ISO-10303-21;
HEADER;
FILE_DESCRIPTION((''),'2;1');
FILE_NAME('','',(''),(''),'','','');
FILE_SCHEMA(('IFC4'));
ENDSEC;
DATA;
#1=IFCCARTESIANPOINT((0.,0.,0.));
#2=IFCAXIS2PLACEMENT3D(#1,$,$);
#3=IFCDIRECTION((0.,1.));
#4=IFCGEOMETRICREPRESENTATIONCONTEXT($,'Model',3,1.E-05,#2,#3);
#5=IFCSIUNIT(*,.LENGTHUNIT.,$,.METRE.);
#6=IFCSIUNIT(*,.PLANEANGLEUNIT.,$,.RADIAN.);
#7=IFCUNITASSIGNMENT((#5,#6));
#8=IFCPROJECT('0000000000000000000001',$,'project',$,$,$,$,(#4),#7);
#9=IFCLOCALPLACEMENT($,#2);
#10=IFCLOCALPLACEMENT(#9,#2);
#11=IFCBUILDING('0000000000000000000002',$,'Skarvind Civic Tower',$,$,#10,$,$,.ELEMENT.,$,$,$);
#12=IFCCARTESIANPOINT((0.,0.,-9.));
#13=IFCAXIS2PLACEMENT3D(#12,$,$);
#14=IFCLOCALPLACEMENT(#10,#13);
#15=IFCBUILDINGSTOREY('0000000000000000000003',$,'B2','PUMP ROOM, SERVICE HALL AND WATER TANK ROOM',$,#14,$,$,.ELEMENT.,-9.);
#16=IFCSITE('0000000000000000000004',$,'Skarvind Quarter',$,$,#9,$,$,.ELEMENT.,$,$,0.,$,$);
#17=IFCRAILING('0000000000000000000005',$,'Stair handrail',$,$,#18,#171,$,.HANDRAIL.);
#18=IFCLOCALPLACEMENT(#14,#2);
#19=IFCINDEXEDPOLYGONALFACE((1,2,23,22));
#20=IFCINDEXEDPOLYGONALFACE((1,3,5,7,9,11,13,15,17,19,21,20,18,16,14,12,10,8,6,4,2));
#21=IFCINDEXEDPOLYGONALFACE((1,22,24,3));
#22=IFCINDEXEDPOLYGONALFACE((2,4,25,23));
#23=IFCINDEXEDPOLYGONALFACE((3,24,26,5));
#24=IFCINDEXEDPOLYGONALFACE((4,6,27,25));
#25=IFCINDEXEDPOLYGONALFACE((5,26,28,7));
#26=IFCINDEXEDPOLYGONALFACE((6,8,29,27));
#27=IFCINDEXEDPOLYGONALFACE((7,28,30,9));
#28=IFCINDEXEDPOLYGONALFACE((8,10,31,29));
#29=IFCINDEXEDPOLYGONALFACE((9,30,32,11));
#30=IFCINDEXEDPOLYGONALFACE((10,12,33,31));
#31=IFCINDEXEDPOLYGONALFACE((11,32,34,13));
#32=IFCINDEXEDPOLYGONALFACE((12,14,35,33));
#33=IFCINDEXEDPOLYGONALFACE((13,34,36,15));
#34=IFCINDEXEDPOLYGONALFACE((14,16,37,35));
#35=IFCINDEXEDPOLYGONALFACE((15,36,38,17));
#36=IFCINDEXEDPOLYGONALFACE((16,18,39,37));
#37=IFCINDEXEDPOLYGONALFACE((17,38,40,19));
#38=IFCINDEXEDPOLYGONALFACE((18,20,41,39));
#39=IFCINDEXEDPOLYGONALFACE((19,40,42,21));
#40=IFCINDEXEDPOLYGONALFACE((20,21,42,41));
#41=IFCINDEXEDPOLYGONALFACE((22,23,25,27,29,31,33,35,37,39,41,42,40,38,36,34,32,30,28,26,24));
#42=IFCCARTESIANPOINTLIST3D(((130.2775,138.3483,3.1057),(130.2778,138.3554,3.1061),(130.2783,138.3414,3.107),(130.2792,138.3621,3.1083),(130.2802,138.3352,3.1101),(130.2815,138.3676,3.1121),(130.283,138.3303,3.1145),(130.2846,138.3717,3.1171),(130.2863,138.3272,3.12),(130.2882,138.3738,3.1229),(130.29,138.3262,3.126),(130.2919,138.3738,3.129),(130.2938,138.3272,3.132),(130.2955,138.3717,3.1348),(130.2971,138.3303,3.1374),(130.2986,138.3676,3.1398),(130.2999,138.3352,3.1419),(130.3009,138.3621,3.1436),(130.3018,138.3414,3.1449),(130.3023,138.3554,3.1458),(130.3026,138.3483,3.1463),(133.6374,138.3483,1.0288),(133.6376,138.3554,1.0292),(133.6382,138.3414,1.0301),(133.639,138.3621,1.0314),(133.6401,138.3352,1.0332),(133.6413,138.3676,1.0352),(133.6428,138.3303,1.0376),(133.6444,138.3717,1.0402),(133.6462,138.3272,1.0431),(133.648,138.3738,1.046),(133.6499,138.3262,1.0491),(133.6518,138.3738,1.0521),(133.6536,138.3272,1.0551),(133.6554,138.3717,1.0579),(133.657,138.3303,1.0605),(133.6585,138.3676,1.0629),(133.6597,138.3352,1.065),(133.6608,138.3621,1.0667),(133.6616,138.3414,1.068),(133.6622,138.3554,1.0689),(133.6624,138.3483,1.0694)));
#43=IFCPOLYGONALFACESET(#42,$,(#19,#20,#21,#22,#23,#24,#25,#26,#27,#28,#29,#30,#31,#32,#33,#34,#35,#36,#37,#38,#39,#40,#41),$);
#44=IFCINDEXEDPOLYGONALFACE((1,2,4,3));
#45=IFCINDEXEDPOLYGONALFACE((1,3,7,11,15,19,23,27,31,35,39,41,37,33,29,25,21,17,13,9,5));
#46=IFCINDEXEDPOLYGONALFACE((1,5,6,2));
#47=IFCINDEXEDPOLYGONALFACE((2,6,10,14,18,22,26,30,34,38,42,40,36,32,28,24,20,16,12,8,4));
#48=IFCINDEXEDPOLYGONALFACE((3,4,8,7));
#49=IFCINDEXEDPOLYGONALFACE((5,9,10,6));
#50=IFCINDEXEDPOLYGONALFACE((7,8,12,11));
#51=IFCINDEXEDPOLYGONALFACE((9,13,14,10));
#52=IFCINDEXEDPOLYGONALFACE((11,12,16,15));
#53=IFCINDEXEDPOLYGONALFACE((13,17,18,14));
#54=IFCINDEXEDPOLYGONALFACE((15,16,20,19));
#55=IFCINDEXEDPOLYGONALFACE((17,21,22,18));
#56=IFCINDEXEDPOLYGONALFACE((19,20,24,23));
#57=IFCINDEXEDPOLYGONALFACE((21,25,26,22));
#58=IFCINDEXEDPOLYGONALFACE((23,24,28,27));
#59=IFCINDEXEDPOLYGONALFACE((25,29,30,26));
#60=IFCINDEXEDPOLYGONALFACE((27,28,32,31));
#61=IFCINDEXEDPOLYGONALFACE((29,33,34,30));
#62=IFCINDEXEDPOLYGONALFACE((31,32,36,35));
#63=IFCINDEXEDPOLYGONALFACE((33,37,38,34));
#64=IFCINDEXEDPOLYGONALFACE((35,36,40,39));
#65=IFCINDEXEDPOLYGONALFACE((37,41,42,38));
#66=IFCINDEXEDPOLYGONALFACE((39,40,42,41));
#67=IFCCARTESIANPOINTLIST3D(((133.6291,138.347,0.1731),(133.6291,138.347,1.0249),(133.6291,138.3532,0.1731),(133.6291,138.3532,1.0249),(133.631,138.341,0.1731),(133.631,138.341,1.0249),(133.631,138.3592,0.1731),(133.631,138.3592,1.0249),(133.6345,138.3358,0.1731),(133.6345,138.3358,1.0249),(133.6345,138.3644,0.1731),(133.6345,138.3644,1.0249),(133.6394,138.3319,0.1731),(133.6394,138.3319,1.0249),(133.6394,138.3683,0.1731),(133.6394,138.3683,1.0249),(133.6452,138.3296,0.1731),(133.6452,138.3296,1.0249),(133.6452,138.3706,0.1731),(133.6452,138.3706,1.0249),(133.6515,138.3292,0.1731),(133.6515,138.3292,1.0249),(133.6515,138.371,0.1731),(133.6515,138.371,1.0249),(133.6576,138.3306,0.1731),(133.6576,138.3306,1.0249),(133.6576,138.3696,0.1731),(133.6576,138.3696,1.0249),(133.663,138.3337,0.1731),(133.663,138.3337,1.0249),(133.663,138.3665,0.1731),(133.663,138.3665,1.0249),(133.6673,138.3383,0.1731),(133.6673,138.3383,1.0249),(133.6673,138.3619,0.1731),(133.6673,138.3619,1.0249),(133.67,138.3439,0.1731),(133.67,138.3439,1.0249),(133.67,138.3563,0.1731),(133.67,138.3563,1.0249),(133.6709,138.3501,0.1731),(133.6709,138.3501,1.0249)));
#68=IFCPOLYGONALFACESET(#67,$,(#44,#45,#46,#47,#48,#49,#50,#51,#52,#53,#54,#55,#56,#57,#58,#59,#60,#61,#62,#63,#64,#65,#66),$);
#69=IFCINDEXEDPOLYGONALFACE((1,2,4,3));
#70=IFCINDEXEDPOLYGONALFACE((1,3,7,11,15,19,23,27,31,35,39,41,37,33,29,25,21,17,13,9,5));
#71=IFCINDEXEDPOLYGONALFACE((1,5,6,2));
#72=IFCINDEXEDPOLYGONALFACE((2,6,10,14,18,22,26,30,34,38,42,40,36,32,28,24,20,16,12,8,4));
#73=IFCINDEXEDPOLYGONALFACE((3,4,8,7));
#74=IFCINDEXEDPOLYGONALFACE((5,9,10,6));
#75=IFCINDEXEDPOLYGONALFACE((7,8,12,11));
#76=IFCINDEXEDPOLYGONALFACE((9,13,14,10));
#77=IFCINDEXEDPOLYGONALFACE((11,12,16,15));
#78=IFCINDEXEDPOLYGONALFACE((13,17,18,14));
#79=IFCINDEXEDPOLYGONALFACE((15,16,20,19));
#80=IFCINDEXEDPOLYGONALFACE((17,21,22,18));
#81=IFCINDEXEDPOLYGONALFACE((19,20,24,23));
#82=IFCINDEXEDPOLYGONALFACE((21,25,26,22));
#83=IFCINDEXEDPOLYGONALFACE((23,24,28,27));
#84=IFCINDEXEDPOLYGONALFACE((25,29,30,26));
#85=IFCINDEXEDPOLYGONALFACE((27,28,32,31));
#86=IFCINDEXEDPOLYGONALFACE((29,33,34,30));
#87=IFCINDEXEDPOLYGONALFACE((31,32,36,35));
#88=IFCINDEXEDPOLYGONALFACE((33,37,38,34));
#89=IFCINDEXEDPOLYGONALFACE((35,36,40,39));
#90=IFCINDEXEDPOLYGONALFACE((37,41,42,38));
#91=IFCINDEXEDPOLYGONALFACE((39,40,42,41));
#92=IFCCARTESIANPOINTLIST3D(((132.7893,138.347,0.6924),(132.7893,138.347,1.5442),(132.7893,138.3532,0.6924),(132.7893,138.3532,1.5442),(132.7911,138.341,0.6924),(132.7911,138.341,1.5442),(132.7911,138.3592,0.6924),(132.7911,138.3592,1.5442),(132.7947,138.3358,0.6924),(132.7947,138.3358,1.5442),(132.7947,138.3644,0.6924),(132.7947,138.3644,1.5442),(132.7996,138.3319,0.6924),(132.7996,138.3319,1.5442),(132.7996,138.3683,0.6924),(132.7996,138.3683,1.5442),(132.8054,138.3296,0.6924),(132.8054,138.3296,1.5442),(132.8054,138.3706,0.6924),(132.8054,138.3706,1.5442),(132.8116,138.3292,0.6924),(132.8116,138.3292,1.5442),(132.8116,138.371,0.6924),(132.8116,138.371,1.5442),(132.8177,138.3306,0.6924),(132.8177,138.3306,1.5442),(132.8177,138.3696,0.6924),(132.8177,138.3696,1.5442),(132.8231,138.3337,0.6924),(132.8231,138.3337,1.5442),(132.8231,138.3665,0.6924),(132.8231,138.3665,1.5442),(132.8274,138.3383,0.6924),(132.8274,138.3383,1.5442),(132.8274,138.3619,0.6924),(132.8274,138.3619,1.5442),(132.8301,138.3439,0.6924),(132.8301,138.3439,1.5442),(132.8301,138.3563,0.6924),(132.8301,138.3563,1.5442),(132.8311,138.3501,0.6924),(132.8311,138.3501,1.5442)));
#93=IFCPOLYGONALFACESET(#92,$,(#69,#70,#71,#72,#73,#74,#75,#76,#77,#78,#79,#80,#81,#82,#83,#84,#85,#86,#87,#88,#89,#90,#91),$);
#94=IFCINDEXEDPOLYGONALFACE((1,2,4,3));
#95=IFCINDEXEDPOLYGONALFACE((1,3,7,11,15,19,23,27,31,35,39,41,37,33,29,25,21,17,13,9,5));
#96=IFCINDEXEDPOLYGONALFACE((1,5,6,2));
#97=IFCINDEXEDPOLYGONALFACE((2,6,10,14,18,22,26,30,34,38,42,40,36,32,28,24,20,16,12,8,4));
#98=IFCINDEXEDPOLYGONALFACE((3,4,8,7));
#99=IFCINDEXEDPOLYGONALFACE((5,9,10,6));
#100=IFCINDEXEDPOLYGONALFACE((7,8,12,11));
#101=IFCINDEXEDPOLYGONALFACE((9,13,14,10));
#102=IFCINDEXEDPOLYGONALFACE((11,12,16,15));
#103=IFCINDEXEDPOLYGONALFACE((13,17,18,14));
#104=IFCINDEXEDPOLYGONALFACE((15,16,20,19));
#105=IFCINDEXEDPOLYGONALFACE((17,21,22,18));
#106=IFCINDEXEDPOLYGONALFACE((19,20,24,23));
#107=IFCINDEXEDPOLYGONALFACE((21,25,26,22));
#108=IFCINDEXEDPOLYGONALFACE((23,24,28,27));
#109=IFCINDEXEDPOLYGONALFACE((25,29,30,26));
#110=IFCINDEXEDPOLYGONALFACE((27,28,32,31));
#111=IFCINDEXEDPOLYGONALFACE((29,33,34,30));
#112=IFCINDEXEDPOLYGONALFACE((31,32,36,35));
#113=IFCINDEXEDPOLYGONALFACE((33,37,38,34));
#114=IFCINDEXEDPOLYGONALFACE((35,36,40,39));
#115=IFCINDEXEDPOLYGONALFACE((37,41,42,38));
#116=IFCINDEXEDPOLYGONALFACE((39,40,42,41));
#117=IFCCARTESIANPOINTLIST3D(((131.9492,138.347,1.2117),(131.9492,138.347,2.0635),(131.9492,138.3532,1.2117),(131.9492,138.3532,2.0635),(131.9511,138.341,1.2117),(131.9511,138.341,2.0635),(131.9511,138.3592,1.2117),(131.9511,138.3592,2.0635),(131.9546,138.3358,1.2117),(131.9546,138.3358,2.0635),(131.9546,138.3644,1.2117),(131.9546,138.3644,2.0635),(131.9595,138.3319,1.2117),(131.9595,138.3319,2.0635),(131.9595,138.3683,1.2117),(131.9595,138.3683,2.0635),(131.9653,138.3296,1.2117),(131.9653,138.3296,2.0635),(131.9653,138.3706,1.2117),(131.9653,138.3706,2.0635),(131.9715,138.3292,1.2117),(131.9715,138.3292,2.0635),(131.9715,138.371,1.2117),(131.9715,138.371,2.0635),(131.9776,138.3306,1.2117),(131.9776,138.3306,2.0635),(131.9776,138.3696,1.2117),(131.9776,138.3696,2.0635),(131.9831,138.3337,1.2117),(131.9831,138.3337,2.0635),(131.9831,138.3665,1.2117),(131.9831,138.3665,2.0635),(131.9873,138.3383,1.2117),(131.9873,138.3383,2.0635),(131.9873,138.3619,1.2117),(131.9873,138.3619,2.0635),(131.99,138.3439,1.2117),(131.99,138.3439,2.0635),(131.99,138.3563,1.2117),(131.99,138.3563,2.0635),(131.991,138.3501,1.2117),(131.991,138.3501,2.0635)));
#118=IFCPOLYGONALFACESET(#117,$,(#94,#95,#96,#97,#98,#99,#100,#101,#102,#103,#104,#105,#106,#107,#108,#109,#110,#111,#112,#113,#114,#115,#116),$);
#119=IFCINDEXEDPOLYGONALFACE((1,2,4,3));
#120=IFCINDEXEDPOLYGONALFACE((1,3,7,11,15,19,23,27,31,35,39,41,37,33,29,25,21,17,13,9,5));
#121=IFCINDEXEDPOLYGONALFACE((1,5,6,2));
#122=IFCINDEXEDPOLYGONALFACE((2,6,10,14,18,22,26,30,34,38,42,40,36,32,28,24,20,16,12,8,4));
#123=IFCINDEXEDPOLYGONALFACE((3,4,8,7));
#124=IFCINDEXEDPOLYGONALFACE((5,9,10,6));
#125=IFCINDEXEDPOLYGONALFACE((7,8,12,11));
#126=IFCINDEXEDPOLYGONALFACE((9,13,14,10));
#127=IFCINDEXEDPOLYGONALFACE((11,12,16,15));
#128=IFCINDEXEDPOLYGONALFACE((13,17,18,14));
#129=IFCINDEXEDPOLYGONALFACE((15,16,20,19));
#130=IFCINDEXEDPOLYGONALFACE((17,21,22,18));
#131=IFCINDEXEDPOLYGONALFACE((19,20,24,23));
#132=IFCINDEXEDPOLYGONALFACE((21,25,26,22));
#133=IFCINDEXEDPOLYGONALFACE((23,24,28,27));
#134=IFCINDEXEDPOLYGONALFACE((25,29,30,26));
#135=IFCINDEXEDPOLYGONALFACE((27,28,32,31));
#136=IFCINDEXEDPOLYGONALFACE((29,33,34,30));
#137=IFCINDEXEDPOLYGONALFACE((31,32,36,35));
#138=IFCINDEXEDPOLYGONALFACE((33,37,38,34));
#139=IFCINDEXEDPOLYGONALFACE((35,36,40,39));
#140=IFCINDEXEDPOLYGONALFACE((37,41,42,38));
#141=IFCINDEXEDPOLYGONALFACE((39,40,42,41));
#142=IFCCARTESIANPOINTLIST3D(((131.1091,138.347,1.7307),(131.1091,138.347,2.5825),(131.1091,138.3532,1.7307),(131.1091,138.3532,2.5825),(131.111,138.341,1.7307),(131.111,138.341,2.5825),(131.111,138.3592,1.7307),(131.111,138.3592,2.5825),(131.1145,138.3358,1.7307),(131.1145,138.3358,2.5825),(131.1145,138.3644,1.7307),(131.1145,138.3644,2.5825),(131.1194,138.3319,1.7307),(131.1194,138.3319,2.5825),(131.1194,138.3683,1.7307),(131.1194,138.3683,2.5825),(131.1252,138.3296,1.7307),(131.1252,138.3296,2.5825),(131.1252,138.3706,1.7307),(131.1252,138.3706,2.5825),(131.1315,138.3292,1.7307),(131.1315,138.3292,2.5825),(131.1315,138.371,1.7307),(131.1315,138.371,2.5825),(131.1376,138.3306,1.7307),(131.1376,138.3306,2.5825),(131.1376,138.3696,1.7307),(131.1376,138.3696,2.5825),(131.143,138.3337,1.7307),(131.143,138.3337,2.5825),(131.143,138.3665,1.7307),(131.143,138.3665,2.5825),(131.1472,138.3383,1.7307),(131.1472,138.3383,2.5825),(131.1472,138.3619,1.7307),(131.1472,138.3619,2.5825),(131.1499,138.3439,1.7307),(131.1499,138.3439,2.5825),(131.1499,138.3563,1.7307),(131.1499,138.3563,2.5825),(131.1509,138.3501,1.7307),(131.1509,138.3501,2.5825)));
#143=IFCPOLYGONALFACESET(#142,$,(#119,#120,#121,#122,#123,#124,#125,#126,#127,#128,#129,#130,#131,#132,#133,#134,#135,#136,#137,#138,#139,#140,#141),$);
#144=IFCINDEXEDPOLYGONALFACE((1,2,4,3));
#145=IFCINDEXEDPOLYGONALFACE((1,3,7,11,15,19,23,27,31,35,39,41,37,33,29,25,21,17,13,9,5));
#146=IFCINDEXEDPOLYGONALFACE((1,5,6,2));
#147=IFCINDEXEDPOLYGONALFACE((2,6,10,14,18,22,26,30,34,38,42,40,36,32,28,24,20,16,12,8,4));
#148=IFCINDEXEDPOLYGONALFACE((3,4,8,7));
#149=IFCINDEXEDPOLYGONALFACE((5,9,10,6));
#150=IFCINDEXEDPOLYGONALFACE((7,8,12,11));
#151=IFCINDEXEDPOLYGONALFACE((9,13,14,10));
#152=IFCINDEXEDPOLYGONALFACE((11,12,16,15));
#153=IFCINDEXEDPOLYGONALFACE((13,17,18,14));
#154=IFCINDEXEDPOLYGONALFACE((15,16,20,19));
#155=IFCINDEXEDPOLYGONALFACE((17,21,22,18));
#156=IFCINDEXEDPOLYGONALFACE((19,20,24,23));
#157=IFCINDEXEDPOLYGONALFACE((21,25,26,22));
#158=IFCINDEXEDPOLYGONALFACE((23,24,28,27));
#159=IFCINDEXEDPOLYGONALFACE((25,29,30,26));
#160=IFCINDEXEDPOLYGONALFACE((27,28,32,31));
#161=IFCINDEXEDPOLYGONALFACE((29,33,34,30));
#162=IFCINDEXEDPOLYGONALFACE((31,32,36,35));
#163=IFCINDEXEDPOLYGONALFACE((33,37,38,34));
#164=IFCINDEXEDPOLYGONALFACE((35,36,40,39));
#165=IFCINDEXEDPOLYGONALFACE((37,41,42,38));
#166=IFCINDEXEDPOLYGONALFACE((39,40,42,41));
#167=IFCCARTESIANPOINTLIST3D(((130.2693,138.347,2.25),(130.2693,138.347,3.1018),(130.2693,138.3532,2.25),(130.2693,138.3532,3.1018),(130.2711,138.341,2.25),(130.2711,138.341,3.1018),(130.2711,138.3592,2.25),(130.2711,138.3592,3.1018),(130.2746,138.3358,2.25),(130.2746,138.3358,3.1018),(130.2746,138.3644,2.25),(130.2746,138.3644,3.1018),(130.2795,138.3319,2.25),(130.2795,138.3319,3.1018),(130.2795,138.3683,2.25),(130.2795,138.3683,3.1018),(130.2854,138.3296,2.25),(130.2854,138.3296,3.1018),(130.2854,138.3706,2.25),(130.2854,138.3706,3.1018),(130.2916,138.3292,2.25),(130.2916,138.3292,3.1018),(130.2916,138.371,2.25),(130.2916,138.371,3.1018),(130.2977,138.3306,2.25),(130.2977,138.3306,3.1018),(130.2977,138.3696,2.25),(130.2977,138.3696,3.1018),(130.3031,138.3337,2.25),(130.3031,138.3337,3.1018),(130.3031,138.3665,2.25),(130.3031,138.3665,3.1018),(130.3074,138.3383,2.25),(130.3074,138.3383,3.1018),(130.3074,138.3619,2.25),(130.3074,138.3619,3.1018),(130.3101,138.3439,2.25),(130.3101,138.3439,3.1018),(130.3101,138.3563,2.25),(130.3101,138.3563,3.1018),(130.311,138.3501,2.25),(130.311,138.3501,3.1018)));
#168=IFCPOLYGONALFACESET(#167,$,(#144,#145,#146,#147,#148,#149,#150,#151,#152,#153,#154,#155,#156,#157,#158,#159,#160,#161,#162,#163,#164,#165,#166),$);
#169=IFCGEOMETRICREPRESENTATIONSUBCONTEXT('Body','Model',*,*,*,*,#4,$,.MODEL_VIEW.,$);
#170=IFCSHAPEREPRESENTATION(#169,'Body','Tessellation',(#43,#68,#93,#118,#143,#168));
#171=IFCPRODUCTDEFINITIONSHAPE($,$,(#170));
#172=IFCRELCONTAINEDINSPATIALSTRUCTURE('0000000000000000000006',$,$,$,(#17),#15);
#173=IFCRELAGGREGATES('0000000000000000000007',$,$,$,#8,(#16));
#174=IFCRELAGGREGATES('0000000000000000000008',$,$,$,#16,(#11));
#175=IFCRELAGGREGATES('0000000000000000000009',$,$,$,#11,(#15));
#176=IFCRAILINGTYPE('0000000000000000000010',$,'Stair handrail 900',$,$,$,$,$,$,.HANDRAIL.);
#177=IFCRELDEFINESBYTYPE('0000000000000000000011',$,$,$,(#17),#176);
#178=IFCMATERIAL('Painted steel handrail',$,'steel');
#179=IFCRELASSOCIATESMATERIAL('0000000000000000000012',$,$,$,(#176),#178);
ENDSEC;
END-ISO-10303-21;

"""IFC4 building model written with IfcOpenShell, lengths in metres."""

from ifc_helpers import new_model, si_unit, direction, frame, origin, origin_2d, place, context, subcontext, project, spatial, circle, extrude, material, type_object, element, save


model = new_model("IFC4")

# Units and contexts
model_context = context("Model", 3, precision=1e-05, world=origin(), true_north=direction((0.0, 1.0)))
body_context = subcontext(model_context, "Body", "Model", "MODEL_VIEW")
ifc_project = project(units=[si_unit("LENGTHUNIT", "METRE"), si_unit("PLANEANGLEUNIT", "RADIAN")], contexts=[model_context])

# Site, building, storey
site_placement = place(None, origin())
site = spatial("IfcSite", under=ifc_project, at=site_placement, Name="Skarvind Quarter", CompositionType="ELEMENT", RefElevation=0.0)
building_placement = place(site_placement, origin())
building = spatial("IfcBuilding", under=site, at=building_placement, Name="Skarvind Civic Tower", CompositionType="ELEMENT")
storey_placement = place(building_placement, frame((0.0, 0.0, -9.0)))
storey = spatial("IfcBuildingStorey", under=building, at=storey_placement, Name="B2", Description="PUMP ROOM, SERVICE HALL AND WATER TANK ROOM", CompositionType="ELEMENT", Elevation=-9.0)

# Railing
ifc_material_1 = material(Name="Painted steel handrail", Category="steel")
railing_type = type_object("IfcRailingType", Name="Stair handrail 900", PredefinedType="HANDRAIL", material=ifc_material_1)
railing_1_placement = place(storey_placement, frame((133.6499, 138.3501, 0.1731)))
element("IfcRailing", 1, at=railing_1_placement, inside=storey, type_object=railing_type, Name="Stair handrail", PredefinedType="HANDRAIL", context=body_context, shape_type="SweptSolid", body=[
    extrude(circle(Radius=0.0239, at=origin_2d()), frame((0.0, 0.0, 0.876), z_axis=(-0.850606, 0.0, 0.525803), x_axis=(0.0, -1.0, 0.0)), (0.0, 0.0, 1.0), 3.95),
    extrude(circle(Radius=0.021, at=origin_2d()), origin(), (0.0, 0.0, 1.0), 0.8518),
    extrude(circle(Radius=0.021, at=origin_2d()), frame((-0.8398, 0.0, 0.5193)), (0.0, 0.0, 1.0), 0.8518),
    extrude(circle(Radius=0.021, at=origin_2d()), frame((-1.6799, 0.0, 1.0386)), (0.0, 0.0, 1.0), 0.8518),
    extrude(circle(Radius=0.021, at=origin_2d()), frame((-2.52, 0.0, 1.5576)), (0.0, 0.0, 1.0), 0.8518),
    extrude(circle(Radius=0.021, at=origin_2d()), frame((-3.3599, 0.0, 2.0769)), (0.0, 0.0, 1.0), 0.8518),
])

save(model, "model.ifc")
